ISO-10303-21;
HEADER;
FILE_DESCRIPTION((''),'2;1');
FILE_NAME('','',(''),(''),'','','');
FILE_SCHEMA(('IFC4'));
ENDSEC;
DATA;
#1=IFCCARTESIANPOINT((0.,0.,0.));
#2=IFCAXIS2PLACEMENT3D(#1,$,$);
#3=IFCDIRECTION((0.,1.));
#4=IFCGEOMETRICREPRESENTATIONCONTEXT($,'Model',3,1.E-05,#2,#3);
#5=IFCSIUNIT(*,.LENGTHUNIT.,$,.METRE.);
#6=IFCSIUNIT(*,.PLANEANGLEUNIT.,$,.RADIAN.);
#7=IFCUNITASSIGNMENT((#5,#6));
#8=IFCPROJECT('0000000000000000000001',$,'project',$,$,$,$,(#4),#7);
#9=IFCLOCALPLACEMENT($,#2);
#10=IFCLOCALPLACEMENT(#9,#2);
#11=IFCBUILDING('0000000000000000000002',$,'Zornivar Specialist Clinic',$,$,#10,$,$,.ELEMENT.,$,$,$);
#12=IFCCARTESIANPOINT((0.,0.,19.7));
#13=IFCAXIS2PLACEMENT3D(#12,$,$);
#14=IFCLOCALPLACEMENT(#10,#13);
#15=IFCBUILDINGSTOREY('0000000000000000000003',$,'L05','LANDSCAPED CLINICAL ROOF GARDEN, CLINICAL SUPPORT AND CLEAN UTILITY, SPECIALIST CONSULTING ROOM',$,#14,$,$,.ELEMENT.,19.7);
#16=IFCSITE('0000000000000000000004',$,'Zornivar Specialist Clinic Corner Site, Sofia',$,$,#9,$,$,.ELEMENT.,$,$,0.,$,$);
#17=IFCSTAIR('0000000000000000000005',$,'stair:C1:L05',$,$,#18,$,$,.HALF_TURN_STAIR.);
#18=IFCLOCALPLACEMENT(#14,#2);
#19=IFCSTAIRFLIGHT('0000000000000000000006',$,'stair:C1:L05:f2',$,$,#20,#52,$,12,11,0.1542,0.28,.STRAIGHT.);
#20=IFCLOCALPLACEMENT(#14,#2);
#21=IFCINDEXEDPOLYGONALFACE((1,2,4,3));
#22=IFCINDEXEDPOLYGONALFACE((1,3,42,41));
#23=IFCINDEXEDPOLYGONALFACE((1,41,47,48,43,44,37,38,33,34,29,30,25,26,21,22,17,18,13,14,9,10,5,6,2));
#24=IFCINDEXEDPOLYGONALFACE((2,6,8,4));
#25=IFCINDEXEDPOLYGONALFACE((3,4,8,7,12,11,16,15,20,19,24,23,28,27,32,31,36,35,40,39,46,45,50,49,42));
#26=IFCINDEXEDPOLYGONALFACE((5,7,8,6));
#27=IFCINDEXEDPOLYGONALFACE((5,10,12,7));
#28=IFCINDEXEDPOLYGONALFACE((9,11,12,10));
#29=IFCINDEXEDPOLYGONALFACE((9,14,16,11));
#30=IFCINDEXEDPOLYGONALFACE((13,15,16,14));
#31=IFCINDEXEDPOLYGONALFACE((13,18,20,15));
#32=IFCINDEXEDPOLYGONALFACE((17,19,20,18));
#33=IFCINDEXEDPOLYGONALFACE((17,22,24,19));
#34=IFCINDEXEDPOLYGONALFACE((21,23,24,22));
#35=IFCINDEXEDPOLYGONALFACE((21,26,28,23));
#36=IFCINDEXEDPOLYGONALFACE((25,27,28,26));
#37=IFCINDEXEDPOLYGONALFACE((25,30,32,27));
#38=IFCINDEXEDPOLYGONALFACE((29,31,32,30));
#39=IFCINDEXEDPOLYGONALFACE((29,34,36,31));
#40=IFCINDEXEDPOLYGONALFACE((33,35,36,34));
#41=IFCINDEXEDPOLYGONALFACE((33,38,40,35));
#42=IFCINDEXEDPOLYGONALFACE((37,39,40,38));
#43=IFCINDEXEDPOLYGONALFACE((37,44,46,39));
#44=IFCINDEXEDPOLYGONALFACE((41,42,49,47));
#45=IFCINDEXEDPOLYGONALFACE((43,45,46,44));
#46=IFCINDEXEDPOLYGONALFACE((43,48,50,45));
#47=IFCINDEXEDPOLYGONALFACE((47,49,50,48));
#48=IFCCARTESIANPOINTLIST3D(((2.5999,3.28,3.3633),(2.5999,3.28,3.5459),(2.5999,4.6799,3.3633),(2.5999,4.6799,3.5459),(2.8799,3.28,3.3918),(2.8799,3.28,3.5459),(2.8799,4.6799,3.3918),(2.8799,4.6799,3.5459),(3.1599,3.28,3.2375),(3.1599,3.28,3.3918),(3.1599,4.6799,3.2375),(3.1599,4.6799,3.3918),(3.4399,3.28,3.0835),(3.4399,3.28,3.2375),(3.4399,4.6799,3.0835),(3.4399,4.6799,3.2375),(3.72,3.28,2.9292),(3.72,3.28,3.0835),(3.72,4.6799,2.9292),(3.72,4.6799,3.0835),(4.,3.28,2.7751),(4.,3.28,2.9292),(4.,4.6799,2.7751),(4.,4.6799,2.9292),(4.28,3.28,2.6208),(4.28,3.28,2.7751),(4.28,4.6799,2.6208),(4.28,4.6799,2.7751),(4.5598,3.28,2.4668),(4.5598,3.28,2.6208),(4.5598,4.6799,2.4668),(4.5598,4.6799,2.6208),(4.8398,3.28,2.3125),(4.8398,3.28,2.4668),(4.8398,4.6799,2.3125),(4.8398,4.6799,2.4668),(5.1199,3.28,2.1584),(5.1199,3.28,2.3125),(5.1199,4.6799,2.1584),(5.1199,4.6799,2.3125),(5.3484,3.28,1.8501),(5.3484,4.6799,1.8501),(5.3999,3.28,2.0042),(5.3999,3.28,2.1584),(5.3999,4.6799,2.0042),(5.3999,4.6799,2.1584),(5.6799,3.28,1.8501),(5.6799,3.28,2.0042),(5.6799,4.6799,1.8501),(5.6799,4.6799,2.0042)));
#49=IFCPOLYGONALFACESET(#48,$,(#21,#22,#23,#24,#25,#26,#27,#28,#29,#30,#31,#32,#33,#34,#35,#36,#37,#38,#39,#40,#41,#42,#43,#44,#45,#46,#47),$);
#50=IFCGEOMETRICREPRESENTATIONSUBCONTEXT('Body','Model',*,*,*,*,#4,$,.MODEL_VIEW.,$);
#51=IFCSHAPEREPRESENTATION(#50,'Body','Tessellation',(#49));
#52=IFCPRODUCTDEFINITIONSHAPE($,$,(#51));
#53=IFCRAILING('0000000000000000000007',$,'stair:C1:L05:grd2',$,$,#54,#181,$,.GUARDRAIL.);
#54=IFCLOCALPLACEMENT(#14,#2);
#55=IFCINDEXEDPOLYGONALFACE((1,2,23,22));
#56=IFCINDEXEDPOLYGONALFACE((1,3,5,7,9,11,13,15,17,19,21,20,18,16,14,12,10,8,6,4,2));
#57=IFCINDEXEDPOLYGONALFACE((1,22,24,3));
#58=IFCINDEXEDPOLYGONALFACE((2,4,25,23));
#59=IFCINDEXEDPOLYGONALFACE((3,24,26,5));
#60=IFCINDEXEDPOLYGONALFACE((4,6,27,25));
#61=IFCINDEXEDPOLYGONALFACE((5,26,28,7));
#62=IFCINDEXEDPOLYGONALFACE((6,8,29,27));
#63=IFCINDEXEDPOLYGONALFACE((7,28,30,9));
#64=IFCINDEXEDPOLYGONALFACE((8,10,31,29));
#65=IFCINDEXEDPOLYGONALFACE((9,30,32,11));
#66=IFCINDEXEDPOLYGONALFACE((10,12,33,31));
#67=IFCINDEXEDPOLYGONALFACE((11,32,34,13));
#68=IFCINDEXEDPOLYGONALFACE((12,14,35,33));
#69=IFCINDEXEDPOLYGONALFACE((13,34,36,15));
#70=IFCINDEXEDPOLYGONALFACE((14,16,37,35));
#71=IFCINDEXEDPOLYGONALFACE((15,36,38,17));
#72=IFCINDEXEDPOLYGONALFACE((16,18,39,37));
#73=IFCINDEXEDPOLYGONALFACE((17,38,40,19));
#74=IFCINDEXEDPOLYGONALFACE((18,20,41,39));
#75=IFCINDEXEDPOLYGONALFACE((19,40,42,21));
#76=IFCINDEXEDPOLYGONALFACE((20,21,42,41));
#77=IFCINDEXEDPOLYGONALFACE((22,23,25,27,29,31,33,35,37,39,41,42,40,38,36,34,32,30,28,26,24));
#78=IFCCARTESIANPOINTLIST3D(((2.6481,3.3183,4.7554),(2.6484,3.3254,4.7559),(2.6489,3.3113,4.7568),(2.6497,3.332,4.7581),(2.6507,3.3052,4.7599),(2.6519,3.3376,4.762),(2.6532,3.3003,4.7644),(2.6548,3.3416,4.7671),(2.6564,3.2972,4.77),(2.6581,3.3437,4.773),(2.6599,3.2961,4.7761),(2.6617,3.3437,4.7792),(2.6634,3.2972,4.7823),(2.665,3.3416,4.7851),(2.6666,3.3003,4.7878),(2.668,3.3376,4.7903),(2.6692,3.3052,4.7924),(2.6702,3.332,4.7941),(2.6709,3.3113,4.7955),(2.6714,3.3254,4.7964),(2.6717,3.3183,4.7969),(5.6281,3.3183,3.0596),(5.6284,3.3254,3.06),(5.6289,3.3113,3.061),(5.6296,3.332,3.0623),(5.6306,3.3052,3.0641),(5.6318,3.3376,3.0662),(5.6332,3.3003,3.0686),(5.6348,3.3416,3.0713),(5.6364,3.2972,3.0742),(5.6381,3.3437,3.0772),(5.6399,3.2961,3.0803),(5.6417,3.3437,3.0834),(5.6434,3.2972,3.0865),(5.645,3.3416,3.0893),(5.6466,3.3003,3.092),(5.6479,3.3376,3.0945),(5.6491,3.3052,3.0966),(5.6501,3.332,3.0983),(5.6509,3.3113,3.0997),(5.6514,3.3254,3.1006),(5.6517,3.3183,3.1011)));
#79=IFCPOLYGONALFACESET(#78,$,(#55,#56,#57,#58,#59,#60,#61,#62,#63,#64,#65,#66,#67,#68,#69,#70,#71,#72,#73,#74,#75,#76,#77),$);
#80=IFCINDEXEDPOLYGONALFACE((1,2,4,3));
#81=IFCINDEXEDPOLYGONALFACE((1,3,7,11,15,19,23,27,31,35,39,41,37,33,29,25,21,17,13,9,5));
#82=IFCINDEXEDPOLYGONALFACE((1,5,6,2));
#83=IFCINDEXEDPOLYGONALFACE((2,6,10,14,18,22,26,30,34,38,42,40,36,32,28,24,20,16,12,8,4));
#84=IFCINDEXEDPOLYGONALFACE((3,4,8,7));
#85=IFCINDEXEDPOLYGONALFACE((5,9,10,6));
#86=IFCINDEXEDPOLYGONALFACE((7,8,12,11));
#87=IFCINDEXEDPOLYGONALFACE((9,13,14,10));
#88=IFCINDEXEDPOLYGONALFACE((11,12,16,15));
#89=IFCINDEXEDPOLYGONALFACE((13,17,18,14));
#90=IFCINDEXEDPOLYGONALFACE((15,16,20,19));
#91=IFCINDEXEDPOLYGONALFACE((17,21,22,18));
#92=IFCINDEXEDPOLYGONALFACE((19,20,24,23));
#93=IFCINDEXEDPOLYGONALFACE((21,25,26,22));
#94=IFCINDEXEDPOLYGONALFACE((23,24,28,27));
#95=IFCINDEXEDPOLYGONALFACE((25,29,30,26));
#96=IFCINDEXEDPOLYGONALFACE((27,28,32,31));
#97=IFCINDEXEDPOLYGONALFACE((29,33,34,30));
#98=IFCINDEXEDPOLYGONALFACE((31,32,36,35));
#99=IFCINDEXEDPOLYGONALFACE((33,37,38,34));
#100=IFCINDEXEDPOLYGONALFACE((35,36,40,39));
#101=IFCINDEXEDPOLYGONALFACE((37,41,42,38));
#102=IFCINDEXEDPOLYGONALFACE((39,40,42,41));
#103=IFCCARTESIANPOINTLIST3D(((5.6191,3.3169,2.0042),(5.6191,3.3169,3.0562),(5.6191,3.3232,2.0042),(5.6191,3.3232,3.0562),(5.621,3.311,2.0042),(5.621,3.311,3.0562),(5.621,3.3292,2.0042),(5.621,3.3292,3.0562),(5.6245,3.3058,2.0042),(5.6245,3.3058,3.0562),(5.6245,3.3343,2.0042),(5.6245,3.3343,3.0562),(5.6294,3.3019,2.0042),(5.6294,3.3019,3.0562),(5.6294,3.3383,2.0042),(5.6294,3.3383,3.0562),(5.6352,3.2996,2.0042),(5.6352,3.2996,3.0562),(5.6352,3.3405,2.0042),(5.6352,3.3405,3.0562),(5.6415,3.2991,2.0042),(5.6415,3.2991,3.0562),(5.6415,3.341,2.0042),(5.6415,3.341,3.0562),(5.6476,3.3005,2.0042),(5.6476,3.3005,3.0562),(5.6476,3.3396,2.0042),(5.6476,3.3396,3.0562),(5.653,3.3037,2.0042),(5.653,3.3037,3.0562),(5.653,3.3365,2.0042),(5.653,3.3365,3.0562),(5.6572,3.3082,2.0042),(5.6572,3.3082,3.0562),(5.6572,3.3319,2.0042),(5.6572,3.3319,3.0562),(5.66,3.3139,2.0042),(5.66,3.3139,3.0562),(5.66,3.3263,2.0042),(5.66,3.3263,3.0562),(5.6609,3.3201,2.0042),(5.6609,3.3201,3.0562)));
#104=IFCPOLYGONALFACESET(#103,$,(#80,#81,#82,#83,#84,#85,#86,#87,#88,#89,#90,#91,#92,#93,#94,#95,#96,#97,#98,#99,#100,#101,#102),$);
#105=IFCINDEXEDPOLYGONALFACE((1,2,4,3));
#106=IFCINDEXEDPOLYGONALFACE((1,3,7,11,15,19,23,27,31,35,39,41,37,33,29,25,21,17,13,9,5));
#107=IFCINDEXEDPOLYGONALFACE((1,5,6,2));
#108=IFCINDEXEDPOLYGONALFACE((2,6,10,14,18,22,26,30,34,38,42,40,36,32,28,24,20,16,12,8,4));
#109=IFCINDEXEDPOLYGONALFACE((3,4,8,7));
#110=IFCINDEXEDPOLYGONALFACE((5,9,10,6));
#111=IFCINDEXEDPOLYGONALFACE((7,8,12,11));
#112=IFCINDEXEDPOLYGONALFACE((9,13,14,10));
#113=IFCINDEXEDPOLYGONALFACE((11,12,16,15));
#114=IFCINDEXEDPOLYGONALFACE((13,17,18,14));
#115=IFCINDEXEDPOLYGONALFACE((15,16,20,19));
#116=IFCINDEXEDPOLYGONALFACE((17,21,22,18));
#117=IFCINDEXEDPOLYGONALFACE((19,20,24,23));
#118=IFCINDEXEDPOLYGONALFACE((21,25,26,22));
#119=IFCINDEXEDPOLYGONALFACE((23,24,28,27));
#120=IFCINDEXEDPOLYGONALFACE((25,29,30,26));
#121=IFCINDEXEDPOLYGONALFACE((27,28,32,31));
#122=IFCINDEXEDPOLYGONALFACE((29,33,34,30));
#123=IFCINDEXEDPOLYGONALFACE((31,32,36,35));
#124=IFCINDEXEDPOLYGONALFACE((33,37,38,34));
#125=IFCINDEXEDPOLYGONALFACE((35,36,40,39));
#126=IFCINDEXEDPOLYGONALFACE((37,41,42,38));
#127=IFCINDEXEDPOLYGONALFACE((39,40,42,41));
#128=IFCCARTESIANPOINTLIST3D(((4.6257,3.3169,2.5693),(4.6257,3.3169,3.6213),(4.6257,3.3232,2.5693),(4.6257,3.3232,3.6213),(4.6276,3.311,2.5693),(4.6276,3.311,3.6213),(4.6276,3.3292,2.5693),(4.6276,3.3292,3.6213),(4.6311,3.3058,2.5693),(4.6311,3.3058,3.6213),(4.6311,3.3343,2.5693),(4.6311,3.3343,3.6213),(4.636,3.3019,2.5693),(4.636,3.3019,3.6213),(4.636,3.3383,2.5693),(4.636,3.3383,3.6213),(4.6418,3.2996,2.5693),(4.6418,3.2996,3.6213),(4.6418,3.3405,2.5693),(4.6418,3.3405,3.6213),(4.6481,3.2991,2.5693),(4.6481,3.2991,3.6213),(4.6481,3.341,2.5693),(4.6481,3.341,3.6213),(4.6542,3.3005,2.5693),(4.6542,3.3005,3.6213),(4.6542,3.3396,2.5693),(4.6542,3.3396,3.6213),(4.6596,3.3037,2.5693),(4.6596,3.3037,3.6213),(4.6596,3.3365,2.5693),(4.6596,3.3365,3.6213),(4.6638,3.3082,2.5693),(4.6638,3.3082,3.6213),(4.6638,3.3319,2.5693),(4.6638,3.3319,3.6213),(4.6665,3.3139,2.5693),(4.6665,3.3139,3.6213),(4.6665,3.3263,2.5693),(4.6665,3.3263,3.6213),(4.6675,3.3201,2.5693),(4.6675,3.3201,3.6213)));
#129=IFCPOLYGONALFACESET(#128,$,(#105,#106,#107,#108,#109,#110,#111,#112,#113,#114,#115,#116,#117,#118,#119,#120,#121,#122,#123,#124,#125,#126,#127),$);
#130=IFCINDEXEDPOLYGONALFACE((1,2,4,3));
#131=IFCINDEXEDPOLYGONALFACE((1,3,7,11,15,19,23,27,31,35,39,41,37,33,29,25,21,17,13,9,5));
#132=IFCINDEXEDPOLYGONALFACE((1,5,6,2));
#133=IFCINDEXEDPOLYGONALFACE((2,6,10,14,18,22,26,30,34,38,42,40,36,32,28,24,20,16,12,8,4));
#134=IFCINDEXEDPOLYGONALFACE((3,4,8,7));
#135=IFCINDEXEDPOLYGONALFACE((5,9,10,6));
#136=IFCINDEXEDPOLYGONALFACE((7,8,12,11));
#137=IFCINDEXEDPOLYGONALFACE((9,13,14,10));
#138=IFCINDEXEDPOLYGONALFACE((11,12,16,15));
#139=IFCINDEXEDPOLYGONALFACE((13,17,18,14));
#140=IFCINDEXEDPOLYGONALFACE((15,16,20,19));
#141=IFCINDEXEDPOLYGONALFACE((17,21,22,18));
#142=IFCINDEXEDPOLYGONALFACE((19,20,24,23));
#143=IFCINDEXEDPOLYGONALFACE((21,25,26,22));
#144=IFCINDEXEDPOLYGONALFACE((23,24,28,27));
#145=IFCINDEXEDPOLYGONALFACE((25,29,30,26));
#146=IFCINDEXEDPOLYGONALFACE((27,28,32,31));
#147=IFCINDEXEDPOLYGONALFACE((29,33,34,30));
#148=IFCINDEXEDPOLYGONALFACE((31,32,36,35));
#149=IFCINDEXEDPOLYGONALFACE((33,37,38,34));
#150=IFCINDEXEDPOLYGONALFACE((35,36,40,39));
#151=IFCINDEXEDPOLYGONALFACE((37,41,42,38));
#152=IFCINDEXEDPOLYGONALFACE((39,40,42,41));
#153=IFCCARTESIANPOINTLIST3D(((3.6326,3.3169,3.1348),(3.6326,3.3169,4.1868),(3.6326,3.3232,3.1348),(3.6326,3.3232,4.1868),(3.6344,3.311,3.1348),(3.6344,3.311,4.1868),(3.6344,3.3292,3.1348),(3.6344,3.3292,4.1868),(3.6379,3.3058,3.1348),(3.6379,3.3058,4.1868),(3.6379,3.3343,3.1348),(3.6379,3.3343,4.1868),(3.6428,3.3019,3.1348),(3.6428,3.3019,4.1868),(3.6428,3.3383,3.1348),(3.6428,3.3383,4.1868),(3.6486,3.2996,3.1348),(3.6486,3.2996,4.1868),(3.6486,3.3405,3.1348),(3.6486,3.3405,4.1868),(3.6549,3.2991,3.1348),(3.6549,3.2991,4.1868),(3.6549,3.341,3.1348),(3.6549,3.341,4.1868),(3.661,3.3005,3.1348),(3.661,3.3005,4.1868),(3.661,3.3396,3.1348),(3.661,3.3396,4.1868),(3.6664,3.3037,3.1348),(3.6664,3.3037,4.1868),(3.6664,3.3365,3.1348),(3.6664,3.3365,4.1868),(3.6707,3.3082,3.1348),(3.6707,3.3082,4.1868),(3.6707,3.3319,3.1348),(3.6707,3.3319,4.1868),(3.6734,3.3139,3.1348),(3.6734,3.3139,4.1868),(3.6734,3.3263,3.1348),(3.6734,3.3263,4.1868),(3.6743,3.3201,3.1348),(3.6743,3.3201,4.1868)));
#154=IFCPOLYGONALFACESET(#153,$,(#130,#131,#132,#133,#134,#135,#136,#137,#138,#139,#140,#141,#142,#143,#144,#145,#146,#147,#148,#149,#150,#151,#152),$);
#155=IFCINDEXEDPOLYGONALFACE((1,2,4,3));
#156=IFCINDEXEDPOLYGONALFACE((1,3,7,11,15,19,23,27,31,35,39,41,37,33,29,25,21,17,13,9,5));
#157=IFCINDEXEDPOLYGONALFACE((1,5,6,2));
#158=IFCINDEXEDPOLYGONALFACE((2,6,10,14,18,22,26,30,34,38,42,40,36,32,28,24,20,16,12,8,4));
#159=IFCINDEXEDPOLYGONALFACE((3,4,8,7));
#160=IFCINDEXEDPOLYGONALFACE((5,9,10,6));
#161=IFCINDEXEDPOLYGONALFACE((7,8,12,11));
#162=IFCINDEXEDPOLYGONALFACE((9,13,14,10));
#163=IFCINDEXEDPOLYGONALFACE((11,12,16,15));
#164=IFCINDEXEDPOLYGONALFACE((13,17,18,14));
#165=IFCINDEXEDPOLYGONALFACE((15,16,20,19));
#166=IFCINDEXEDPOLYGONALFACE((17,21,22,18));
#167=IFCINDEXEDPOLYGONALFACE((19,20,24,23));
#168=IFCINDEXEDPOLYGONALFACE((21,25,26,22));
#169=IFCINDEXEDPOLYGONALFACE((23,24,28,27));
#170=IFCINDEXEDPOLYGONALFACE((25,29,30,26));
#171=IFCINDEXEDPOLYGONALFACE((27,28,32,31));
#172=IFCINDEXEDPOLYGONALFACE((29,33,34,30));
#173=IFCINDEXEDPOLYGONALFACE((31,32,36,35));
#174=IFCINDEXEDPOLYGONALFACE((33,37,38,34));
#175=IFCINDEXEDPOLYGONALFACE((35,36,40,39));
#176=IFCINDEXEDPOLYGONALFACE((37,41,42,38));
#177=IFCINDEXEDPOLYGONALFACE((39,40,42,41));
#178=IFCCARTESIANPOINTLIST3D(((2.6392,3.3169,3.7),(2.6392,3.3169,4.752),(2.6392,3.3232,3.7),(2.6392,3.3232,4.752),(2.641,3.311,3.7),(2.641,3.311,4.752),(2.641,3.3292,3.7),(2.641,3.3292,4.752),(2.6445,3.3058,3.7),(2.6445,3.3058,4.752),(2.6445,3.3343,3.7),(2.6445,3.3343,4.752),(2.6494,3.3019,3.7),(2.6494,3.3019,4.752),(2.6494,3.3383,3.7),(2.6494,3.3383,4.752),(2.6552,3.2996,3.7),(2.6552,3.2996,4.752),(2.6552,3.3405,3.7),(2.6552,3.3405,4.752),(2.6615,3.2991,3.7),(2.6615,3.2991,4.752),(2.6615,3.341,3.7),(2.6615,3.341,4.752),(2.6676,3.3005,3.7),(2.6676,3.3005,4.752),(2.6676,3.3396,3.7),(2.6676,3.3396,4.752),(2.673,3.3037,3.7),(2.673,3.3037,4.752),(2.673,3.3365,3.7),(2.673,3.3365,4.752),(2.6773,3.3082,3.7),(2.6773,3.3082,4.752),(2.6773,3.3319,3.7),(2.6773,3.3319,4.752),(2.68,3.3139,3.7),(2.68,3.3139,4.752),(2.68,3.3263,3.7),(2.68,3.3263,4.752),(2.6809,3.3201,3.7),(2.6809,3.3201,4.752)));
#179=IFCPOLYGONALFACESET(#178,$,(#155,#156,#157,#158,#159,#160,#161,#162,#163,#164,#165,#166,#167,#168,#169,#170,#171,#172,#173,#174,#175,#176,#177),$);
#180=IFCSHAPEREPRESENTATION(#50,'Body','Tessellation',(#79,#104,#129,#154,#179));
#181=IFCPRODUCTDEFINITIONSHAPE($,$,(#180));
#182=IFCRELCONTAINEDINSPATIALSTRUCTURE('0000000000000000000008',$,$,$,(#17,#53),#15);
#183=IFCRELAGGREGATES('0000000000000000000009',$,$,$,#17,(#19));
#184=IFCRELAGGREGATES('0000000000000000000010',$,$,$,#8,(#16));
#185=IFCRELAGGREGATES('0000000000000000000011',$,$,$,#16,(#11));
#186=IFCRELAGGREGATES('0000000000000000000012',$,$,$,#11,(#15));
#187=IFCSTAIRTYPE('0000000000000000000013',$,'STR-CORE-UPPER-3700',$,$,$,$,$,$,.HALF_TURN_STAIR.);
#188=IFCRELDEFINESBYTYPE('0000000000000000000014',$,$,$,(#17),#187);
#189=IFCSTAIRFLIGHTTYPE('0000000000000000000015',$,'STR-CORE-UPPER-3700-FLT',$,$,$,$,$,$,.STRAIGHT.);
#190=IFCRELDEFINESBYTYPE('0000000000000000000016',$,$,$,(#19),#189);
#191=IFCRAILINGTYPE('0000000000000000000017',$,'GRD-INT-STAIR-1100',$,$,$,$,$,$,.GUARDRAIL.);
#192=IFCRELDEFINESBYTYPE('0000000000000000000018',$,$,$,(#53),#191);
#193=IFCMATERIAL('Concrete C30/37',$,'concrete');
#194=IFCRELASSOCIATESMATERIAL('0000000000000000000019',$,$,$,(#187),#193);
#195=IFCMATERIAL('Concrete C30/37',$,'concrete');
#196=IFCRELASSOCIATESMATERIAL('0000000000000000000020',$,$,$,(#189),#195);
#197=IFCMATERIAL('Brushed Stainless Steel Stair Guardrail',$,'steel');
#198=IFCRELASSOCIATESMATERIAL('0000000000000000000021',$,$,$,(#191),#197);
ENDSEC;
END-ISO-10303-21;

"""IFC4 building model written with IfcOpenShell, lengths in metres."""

from ifc_helpers import new_model, si_unit, direction, frame, origin, origin_2d, place, context, subcontext, project, spatial, polyline, circle, outline, extrude, material, type_object, element, aggregate, save


model = new_model("IFC4")

# Units and contexts
model_context = context("Model", 3, precision=1e-05, world=origin(), true_north=direction((0.0, 1.0)))
body_context = subcontext(model_context, "Body", "Model", "MODEL_VIEW")
ifc_project = project(units=[si_unit("LENGTHUNIT", "METRE"), si_unit("PLANEANGLEUNIT", "RADIAN")], contexts=[model_context])

# Site, building, storey
site_placement = place(None, origin())
site = spatial("IfcSite", under=ifc_project, at=site_placement, Name="Zornivar Specialist Clinic Corner Site, Sofia", CompositionType="ELEMENT", RefElevation=0.0)
building_placement = place(site_placement, origin())
building = spatial("IfcBuilding", under=site, at=building_placement, Name="Zornivar Specialist Clinic", CompositionType="ELEMENT")
storey_placement = place(building_placement, frame((0.0, 0.0, 19.7)))
storey = spatial("IfcBuildingStorey", under=building, at=storey_placement, Name="L05", Description="LANDSCAPED CLINICAL ROOF GARDEN, CLINICAL SUPPORT AND CLEAN UTILITY, SPECIALIST CONSULTING ROOM", CompositionType="ELEMENT", Elevation=19.7)

# Stair, stair flight
ifc_material_1 = material(Name="Concrete C30/37", Category="concrete")
stair_type = type_object("IfcStairType", Name="STR-CORE-UPPER-3700", PredefinedType="HALF_TURN_STAIR", material=ifc_material_1)
stair_placement = place(storey_placement, origin())
stair = element("IfcStair", 1, at=stair_placement, inside=storey, type_object=stair_type, Name="stair:C1:L05", PredefinedType="HALF_TURN_STAIR")
ifc_material_2 = material(Name="Concrete C30/37", Category="concrete")
stair_flight_type = type_object("IfcStairFlightType", Name="STR-CORE-UPPER-3700-FLT", PredefinedType="STRAIGHT", material=ifc_material_2)
stair_flight_placement = place(storey_placement, frame((5.6799, 3.98, 1.8501), z_axis=(0.0, 0.0, 1.0), x_axis=(-1.0, 0.0, 0.0)))
stair_flight = element("IfcStairFlight", 2, at=stair_flight_placement, type_object=stair_flight_type, Name="stair:C1:L05:f2", NumberOfRisers=12, NumberOfTreads=11, PredefinedType="STRAIGHT", RiserHeight=0.1542, TreadLength=0.28, context=body_context, shape_type="SweptSolid", body=[
    extrude(outline(polyline([(0.0, 0.0), (0.0, 0.1541), (0.28, 0.1541), (0.28, 0.3083), (0.5601, 0.3083), (0.5601, 0.4624), (0.8401, 0.4624), (0.8401, 0.6167), (1.1201, 0.6167), (1.1201, 0.7708), (1.3999, 0.7708), (1.3999, 0.925), (1.6799, 0.925), (1.6799, 1.0791), (1.96, 1.0791), (1.96, 1.2334), (2.24, 1.2334), (2.24, 1.3875), (2.52, 1.3875), (2.52, 1.5417), (2.8, 1.5417), (2.8, 1.6958), (3.0801, 1.6958), (3.0801, 1.8501), (3.0801, 1.5132), (0.3315, 0.0), (0.0, 0.0)])), frame((0.0, 0.7, 0.0), z_axis=(0.0, -1.0, 0.0), x_axis=(1.0, 0.0, 0.0)), (0.0, 0.0, 1.0), 1.3999),
])
aggregate(stair, [stair_flight])

# Railing
ifc_material_3 = material(Name="Brushed Stainless Steel Stair Guardrail", Category="steel")
railing_type_1 = type_object("IfcRailingType", Name="GRD-INT-STAIR-1100", PredefinedType="GUARDRAIL", material=ifc_material_3)
railing_1_placement = place(storey_placement, frame((5.6399, 3.3201, 2.0042)))
element("IfcRailing", 3, at=railing_1_placement, inside=storey, type_object=railing_type_1, Name="stair:C1:L05:grd2", PredefinedType="GUARDRAIL", context=body_context, shape_type="SweptSolid", body=[
    extrude(circle(Radius=0.0239, at=origin_2d()), frame((0.0, 0.0, 1.0762), z_axis=(-0.869127, 0.0, 0.494589), x_axis=(0.0, -1.0, 0.0)), (0.0, 0.0, 1.0), 3.4287),
    extrude(circle(Radius=0.021, at=origin_2d()), origin(), (0.0, 0.0, 1.0), 1.052),
    extrude(circle(Radius=0.021, at=origin_2d()), frame((-0.9934, 0.0, 0.5652)), (0.0, 0.0, 1.0), 1.052),
    extrude(circle(Radius=0.021, at=origin_2d()), frame((-1.9866, 0.0, 1.1306)), (0.0, 0.0, 1.0), 1.052),
    extrude(circle(Radius=0.021, at=origin_2d()), frame((-2.98, 0.0, 1.6958)), (0.0, 0.0, 1.0), 1.052),
])

save(model, "model.ifc")
